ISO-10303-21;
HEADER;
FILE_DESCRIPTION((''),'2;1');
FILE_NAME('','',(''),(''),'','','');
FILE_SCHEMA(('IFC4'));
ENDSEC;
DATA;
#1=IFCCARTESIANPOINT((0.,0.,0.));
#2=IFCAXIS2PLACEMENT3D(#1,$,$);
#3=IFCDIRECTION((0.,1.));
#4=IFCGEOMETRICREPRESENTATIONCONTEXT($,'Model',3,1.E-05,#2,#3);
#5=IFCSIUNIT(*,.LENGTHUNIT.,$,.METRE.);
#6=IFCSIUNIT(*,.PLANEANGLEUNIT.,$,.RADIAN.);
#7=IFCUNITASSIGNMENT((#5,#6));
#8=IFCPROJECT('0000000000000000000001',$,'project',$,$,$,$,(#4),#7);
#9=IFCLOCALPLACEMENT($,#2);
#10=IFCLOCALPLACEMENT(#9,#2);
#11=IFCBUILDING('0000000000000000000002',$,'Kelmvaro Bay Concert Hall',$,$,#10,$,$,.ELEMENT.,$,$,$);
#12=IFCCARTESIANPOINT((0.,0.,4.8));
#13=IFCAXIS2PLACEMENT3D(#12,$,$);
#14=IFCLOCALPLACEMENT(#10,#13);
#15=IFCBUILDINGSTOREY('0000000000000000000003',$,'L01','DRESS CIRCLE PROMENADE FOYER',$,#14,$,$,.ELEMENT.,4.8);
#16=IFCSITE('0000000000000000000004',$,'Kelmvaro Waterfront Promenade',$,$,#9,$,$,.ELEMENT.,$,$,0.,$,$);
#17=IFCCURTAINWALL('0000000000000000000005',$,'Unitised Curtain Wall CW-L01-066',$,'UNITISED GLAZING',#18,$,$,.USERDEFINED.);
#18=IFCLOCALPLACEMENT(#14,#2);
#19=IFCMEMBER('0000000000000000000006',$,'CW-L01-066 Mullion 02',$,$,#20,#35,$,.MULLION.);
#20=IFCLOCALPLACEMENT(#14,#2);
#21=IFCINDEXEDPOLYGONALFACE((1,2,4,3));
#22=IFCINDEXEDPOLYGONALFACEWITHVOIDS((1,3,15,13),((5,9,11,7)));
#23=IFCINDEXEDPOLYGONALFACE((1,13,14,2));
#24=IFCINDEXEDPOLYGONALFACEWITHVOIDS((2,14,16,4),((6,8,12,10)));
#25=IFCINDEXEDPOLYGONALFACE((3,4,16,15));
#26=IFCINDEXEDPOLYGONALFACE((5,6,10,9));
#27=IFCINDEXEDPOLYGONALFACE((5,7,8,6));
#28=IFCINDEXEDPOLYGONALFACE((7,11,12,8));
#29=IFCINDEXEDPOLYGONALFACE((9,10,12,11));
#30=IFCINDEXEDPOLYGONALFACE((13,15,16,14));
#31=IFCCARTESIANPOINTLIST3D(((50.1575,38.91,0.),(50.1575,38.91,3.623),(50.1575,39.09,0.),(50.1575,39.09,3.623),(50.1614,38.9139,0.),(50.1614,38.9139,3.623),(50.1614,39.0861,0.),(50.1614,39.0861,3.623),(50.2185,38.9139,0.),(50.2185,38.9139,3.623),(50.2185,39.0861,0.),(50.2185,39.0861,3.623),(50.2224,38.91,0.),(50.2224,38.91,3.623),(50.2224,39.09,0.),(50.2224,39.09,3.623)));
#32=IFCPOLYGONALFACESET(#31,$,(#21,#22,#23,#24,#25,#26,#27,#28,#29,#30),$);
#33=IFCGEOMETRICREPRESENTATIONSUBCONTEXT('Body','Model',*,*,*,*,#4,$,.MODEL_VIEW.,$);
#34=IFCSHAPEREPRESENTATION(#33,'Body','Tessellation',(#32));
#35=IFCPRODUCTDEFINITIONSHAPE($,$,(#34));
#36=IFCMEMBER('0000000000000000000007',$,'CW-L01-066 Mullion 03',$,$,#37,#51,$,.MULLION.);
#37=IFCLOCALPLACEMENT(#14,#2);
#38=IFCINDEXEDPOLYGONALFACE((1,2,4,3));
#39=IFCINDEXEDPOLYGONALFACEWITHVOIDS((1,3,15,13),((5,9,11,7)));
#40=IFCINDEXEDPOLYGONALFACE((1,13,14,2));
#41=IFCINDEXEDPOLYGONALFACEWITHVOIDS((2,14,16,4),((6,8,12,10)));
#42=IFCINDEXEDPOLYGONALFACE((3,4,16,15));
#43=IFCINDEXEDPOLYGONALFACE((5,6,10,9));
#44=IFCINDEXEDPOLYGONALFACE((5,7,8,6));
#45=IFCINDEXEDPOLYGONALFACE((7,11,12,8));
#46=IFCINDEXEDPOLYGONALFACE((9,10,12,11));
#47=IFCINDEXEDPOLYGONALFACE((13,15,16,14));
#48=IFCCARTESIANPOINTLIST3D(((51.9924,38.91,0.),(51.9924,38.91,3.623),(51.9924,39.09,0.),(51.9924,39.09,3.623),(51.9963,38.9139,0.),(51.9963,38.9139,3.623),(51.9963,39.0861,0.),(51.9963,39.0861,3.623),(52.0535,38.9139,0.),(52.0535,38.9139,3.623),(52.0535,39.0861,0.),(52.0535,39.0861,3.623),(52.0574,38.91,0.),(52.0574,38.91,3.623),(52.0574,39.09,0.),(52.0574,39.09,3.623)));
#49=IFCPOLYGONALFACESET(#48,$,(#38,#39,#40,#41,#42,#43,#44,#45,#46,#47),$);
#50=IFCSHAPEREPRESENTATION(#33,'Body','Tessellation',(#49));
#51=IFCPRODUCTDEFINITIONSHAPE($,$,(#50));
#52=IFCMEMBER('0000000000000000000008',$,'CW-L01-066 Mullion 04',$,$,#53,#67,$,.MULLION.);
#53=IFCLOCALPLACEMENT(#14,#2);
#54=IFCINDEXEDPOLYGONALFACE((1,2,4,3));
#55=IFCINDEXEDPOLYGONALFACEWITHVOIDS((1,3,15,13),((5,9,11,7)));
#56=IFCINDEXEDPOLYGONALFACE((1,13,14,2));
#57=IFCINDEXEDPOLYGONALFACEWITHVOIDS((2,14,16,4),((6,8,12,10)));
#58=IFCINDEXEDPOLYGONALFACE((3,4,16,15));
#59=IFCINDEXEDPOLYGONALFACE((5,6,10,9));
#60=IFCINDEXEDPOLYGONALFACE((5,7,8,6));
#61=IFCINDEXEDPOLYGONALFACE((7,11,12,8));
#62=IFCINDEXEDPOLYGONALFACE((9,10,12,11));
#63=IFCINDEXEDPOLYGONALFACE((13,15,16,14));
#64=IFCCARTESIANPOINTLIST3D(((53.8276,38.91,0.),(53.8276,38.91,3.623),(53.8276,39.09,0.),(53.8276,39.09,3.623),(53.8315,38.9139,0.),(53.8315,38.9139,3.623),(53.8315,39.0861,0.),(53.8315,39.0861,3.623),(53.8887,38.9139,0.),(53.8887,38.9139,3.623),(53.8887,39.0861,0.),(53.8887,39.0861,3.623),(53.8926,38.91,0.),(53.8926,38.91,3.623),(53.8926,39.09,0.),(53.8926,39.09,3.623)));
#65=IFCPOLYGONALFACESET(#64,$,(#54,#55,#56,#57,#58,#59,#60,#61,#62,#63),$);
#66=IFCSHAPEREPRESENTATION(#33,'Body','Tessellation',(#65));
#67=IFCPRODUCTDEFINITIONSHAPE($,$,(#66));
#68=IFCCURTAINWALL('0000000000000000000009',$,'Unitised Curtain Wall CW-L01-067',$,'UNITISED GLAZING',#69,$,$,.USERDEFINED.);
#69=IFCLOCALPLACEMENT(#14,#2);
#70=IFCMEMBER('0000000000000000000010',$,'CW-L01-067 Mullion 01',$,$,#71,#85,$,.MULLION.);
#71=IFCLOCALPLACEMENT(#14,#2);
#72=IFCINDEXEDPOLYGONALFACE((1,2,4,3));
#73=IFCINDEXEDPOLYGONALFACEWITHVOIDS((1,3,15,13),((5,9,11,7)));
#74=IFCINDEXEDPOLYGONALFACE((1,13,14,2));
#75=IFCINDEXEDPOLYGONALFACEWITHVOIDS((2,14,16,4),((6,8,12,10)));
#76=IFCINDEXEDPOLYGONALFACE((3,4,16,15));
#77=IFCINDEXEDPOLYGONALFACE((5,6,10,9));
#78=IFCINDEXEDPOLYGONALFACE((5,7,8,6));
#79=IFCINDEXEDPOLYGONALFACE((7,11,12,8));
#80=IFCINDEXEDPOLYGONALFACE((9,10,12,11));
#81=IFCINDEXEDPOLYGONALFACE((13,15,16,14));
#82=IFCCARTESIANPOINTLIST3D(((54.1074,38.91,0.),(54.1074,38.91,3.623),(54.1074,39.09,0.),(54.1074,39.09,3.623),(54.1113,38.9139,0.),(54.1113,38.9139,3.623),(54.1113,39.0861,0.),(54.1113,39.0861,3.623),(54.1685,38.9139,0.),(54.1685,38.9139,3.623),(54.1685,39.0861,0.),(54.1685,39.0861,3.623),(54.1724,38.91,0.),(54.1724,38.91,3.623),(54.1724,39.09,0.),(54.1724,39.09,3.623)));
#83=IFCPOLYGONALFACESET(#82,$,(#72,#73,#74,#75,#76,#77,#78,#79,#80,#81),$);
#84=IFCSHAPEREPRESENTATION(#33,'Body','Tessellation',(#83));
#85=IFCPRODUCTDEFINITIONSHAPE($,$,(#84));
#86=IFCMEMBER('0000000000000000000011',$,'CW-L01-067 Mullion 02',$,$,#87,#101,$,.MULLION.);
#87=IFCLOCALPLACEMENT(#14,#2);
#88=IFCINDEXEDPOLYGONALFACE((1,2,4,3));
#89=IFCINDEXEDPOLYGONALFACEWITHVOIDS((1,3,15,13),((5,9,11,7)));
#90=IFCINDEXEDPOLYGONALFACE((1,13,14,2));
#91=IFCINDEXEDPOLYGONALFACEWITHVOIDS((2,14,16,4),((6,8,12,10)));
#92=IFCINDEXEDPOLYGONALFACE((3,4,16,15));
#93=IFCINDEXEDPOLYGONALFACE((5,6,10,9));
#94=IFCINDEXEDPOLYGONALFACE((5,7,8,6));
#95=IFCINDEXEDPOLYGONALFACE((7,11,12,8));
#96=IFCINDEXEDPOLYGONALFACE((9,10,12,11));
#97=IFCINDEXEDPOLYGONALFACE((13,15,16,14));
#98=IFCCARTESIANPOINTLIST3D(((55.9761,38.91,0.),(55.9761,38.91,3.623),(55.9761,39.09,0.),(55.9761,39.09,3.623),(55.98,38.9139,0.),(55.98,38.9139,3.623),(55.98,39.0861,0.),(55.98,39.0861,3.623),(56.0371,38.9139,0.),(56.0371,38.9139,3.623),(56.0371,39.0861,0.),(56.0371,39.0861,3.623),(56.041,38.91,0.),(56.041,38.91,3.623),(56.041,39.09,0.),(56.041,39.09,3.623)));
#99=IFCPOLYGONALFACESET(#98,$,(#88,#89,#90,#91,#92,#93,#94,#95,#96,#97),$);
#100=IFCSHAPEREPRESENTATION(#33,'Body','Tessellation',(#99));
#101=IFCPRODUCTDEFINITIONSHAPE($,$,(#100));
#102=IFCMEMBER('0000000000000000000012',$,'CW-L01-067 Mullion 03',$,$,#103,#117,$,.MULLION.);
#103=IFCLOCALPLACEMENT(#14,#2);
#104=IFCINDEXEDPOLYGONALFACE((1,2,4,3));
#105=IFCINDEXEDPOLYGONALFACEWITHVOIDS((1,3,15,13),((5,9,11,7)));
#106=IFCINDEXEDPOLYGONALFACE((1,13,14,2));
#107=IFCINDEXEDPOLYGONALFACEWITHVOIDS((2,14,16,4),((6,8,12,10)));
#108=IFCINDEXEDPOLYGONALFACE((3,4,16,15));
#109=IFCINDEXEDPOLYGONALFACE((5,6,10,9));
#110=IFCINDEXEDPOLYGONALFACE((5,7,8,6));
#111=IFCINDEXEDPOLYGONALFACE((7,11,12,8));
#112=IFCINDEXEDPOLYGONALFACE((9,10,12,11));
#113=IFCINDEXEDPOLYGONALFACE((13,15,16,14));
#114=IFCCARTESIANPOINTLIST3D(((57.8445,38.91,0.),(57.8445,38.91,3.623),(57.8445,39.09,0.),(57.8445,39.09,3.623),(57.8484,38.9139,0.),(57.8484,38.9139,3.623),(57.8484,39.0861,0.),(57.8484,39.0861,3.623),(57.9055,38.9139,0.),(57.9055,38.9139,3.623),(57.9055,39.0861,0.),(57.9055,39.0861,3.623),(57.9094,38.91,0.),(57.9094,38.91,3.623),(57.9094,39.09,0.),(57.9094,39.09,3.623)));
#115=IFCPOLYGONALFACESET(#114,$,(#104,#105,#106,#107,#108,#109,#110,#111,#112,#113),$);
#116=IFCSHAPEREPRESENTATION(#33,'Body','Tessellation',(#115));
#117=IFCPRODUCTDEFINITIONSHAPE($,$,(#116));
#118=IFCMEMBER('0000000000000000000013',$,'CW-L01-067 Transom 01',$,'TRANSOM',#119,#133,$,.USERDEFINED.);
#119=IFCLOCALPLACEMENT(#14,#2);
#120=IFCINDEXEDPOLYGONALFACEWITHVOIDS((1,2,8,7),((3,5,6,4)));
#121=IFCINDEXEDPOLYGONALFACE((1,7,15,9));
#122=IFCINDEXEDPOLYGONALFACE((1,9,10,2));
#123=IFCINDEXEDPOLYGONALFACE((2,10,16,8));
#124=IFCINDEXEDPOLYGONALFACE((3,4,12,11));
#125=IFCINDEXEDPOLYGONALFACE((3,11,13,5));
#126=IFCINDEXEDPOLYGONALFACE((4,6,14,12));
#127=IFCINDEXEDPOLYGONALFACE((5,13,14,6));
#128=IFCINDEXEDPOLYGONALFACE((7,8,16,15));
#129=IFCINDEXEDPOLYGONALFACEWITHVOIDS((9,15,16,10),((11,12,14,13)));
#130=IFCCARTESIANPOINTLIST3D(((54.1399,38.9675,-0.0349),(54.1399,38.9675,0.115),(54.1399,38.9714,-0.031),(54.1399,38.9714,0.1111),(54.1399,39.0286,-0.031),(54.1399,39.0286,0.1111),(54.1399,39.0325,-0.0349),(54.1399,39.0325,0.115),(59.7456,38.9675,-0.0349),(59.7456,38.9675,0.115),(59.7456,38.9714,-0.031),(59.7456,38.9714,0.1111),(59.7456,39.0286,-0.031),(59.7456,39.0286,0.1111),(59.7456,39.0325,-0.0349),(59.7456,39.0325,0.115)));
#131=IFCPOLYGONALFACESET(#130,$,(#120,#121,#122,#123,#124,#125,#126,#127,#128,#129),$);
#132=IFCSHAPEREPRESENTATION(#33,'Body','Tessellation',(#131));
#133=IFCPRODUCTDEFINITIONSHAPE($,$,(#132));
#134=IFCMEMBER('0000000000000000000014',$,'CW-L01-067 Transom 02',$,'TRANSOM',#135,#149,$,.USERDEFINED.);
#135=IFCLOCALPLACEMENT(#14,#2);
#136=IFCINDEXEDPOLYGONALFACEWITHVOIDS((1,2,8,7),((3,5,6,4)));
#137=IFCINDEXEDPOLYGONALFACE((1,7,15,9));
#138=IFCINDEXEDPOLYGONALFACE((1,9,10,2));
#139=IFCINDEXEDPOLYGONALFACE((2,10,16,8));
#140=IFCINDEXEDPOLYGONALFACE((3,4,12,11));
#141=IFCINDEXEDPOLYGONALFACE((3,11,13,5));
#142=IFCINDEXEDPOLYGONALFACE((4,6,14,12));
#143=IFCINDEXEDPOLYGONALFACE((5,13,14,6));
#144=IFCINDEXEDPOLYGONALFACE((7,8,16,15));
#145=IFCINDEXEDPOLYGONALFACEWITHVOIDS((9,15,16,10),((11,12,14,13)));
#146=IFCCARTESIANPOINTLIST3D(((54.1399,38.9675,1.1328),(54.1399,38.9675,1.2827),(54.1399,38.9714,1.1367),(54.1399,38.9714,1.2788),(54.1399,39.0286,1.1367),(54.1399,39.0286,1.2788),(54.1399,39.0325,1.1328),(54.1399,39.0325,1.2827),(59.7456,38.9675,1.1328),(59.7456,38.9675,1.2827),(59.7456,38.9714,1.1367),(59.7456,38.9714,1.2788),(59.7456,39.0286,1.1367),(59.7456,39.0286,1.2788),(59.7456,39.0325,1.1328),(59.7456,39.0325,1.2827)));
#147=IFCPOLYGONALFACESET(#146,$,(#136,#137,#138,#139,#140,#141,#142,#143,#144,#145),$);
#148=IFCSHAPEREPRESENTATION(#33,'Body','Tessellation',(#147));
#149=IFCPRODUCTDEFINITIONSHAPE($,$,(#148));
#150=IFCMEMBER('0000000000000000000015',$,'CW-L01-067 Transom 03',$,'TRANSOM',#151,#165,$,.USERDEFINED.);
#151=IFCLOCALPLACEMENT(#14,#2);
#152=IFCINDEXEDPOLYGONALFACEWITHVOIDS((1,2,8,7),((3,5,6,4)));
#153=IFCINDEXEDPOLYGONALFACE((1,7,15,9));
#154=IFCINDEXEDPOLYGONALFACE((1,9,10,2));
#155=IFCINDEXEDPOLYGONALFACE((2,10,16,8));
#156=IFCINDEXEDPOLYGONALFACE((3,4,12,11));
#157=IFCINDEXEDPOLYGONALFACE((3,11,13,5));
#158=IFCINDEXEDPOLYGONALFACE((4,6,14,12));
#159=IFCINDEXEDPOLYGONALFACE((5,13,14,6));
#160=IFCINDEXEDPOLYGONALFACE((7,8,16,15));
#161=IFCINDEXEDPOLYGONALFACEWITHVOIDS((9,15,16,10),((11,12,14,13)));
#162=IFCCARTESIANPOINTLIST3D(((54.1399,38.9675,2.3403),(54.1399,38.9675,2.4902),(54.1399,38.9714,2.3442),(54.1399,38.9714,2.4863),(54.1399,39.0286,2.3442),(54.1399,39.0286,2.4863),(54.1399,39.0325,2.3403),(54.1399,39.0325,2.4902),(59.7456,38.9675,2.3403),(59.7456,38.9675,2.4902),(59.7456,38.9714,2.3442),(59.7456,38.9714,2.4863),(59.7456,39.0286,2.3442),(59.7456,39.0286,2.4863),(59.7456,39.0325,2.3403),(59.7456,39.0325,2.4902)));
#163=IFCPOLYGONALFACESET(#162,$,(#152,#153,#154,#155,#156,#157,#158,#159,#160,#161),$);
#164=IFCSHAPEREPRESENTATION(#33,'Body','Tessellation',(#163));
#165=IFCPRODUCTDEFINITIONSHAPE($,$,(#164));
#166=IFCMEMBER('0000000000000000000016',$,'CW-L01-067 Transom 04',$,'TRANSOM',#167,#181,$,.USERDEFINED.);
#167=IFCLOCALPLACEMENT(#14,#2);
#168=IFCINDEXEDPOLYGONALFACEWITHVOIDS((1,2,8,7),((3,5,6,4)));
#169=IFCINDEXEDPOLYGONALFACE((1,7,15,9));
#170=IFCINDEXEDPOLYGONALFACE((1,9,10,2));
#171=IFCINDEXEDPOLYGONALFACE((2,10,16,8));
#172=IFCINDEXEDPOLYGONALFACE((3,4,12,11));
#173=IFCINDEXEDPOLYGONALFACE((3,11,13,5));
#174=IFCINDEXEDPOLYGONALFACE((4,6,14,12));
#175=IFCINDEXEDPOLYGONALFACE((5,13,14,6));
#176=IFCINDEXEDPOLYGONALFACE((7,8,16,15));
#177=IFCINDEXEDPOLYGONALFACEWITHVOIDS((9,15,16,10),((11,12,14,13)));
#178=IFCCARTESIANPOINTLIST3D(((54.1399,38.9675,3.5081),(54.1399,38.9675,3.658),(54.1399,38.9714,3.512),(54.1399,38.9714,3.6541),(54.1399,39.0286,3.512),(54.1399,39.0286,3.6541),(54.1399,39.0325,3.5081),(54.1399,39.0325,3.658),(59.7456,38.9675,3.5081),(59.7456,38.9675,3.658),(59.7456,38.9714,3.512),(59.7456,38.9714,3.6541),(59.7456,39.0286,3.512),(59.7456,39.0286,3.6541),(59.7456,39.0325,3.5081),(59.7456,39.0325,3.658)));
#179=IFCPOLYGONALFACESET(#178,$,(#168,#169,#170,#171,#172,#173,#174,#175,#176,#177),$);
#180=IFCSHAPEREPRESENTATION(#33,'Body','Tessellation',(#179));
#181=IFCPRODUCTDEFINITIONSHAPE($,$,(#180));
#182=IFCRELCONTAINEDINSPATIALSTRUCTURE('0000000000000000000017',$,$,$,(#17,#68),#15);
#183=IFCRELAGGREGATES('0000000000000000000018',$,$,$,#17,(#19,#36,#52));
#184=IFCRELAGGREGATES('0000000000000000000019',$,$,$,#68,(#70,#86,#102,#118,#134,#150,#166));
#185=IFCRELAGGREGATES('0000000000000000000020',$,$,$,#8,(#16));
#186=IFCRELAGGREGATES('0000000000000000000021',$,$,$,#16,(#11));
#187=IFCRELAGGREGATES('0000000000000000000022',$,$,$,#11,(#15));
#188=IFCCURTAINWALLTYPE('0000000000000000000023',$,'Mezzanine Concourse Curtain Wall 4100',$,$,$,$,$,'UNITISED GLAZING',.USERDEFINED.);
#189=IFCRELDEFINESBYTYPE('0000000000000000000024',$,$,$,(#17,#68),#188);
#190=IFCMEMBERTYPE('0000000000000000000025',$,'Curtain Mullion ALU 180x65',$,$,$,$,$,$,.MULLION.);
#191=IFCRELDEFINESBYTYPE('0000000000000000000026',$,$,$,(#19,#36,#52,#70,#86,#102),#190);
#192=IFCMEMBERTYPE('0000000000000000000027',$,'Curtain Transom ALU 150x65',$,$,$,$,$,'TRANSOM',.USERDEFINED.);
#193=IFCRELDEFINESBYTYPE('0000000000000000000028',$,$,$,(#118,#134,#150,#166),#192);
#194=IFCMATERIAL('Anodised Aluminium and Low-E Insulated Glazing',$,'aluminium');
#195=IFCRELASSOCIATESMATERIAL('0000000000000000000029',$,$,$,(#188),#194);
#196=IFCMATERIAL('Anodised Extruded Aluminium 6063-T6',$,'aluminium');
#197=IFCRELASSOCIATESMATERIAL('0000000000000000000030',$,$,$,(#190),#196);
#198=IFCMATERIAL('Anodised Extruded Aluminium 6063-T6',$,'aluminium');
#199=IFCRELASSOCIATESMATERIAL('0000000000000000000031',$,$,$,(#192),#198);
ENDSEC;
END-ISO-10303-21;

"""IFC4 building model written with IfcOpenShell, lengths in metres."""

from ifc_helpers import new_model, si_unit, direction, frame, origin, origin_2d, place, context, subcontext, project, spatial, hollow_rectangle, extrude, material, material_profile, profile_set, type_object, element, aggregate, save


model = new_model("IFC4")

# Units and contexts
model_context = context("Model", 3, precision=1e-05, world=origin(), true_north=direction((0.0, 1.0)))
body_context = subcontext(model_context, "Body", "Model", "MODEL_VIEW")
ifc_project = project(units=[si_unit("LENGTHUNIT", "METRE"), si_unit("PLANEANGLEUNIT", "RADIAN")], contexts=[model_context])

# Site, building, storey
site_placement = place(None, origin())
site = spatial("IfcSite", under=ifc_project, at=site_placement, Name="Kelmvaro Waterfront Promenade", CompositionType="ELEMENT", RefElevation=0.0)
building_placement = place(site_placement, origin())
building = spatial("IfcBuilding", under=site, at=building_placement, Name="Kelmvaro Bay Concert Hall", CompositionType="ELEMENT")
storey_placement = place(building_placement, frame((0.0, 0.0, 4.8)))
storey = spatial("IfcBuildingStorey", under=building, at=storey_placement, Name="L01", Description="DRESS CIRCLE PROMENADE FOYER", CompositionType="ELEMENT", Elevation=4.8)

# Curtain walls, members
ifc_material_1 = material(Name="Anodised Aluminium and Low-E Insulated Glazing", Category="aluminium")
curtain_wall_type = type_object("IfcCurtainWallType", Name="Mezzanine Concourse Curtain Wall 4100", ElementType="UNITISED GLAZING", PredefinedType="USERDEFINED", material=ifc_material_1)
curtain_wall_1_placement = place(storey_placement, origin())
curtain_wall_1 = element("IfcCurtainWall", 1, at=curtain_wall_1_placement, inside=storey, type_object=curtain_wall_type, Name="Unitised Curtain Wall CW-L01-066", ObjectType="UNITISED GLAZING", PredefinedType="USERDEFINED")
ifc_material_2 = material(Name="Anodised Extruded Aluminium 6063-T6", Category="aluminium")
ifc_material_profile_1 = material_profile(ifc_material_2, hollow_rectangle(XDim=0.0649, YDim=0.1799, WallThickness=0.0039, at=origin_2d()), Name="ALU-MUL-180X65")
ifc_profile_set_1 = profile_set([ifc_material_profile_1], Name="Anodised Extruded Aluminium 6063-T6")
member_type_1 = type_object("IfcMemberType", Name="Curtain Mullion ALU 180x65", PredefinedType="MULLION", material=ifc_profile_set_1)
member_1_placement = place(storey_placement, frame((50.1899, 39.0, 0.0), z_axis=(0.0, 0.0, 1.0), x_axis=(1.0, 0.0, 0.0)))
member_1 = element("IfcMember", 2, at=member_1_placement, type_object=member_type_1, Name="CW-L01-066 Mullion 02", PredefinedType="MULLION", context=body_context, shape_type="SweptSolid", body=[
    extrude(hollow_rectangle(XDim=0.0649, YDim=0.1799, WallThickness=0.0039, at=origin_2d()), origin(), (0.0, 0.0, 1.0), 3.623),
])
member_2_placement = place(storey_placement, frame((52.0249, 39.0, 0.0), z_axis=(0.0, 0.0, 1.0), x_axis=(1.0, 0.0, 0.0)))
member_2 = element("IfcMember", 3, at=member_2_placement, type_object=member_type_1, Name="CW-L01-066 Mullion 03", PredefinedType="MULLION", context=body_context, shape_type="SweptSolid", body=[
    extrude(hollow_rectangle(XDim=0.0649, YDim=0.1799, WallThickness=0.0039, at=origin_2d()), origin(), (0.0, 0.0, 1.0), 3.623),
])
member_3_placement = place(storey_placement, frame((53.8601, 39.0, 0.0), z_axis=(0.0, 0.0, 1.0), x_axis=(1.0, 0.0, 0.0)))
member_3 = element("IfcMember", 4, at=member_3_placement, type_object=member_type_1, Name="CW-L01-066 Mullion 04", PredefinedType="MULLION", context=body_context, shape_type="SweptSolid", body=[
    extrude(hollow_rectangle(XDim=0.0649, YDim=0.1799, WallThickness=0.0039, at=origin_2d()), origin(), (0.0, 0.0, 1.0), 3.623),
])
curtain_wall_2_placement = place(storey_placement, origin())
curtain_wall_2 = element("IfcCurtainWall", 5, at=curtain_wall_2_placement, inside=storey, type_object=curtain_wall_type, Name="Unitised Curtain Wall CW-L01-067", ObjectType="UNITISED GLAZING", PredefinedType="USERDEFINED")
member_4_placement = place(storey_placement, frame((54.1399, 39.0, 0.0), z_axis=(0.0, 0.0, 1.0), x_axis=(1.0, 0.0, 0.0)))
member_4 = element("IfcMember", 6, at=member_4_placement, type_object=member_type_1, Name="CW-L01-067 Mullion 01", PredefinedType="MULLION", context=body_context, shape_type="SweptSolid", body=[
    extrude(hollow_rectangle(XDim=0.0649, YDim=0.1799, WallThickness=0.0039, at=origin_2d()), origin(), (0.0, 0.0, 1.0), 3.623),
])
member_5_placement = place(storey_placement, frame((56.0085, 39.0, 0.0), z_axis=(0.0, 0.0, 1.0), x_axis=(1.0, 0.0, 0.0)))
member_5 = element("IfcMember", 7, at=member_5_placement, type_object=member_type_1, Name="CW-L01-067 Mullion 02", PredefinedType="MULLION", context=body_context, shape_type="SweptSolid", body=[
    extrude(hollow_rectangle(XDim=0.0649, YDim=0.1799, WallThickness=0.0039, at=origin_2d()), origin(), (0.0, 0.0, 1.0), 3.623),
])
member_6_placement = place(storey_placement, frame((57.877, 39.0, 0.0), z_axis=(0.0, 0.0, 1.0), x_axis=(1.0, 0.0, 0.0)))
member_6 = element("IfcMember", 8, at=member_6_placement, type_object=member_type_1, Name="CW-L01-067 Mullion 03", PredefinedType="MULLION", context=body_context, shape_type="SweptSolid", body=[
    extrude(hollow_rectangle(XDim=0.0649, YDim=0.1799, WallThickness=0.0039, at=origin_2d()), origin(), (0.0, 0.0, 1.0), 3.623),
])
ifc_material_3 = material(Name="Anodised Extruded Aluminium 6063-T6", Category="aluminium")
ifc_material_profile_2 = material_profile(ifc_material_3, hollow_rectangle(XDim=0.0649, YDim=0.1499, WallThickness=0.0039, at=origin_2d()), Name="ALU-TRN-150X65")
ifc_profile_set_2 = profile_set([ifc_material_profile_2], Name="Anodised Extruded Aluminium 6063-T6")
member_type_2 = type_object("IfcMemberType", Name="Curtain Transom ALU 150x65", ElementType="TRANSOM", PredefinedType="USERDEFINED", material=ifc_profile_set_2)
member_7_placement = place(storey_placement, frame((54.1399, 39.0, 0.04), z_axis=(1.0, 0.0, 0.0), x_axis=(0.0, 1.0, 0.0)))
member_7 = element("IfcMember", 9, at=member_7_placement, type_object=member_type_2, Name="CW-L01-067 Transom 01", ObjectType="TRANSOM", PredefinedType="USERDEFINED", context=body_context, shape_type="SweptSolid", body=[
    extrude(hollow_rectangle(XDim=0.0649, YDim=0.1499, WallThickness=0.0039, at=origin_2d()), origin(), (0.0, 0.0, 1.0), 5.6057),
])
member_8_placement = place(storey_placement, frame((54.1399, 39.0, 1.2078), z_axis=(1.0, 0.0, 0.0), x_axis=(0.0, 1.0, 0.0)))
member_8 = element("IfcMember", 10, at=member_8_placement, type_object=member_type_2, Name="CW-L01-067 Transom 02", ObjectType="TRANSOM", PredefinedType="USERDEFINED", context=body_context, shape_type="SweptSolid", body=[
    extrude(hollow_rectangle(XDim=0.0649, YDim=0.1499, WallThickness=0.0039, at=origin_2d()), origin(), (0.0, 0.0, 1.0), 5.6057),
])
member_9_placement = place(storey_placement, frame((54.1399, 39.0, 2.4153), z_axis=(1.0, 0.0, 0.0), x_axis=(0.0, 1.0, 0.0)))
member_9 = element("IfcMember", 11, at=member_9_placement, type_object=member_type_2, Name="CW-L01-067 Transom 03", ObjectType="TRANSOM", PredefinedType="USERDEFINED", context=body_context, shape_type="SweptSolid", body=[
    extrude(hollow_rectangle(XDim=0.0649, YDim=0.1499, WallThickness=0.0039, at=origin_2d()), origin(), (0.0, 0.0, 1.0), 5.6057),
])
member_10_placement = place(storey_placement, frame((54.1399, 39.0, 3.583), z_axis=(1.0, 0.0, 0.0), x_axis=(0.0, 1.0, 0.0)))
member_10 = element("IfcMember", 12, at=member_10_placement, type_object=member_type_2, Name="CW-L01-067 Transom 04", ObjectType="TRANSOM", PredefinedType="USERDEFINED", context=body_context, shape_type="SweptSolid", body=[
    extrude(hollow_rectangle(XDim=0.0649, YDim=0.1499, WallThickness=0.0039, at=origin_2d()), origin(), (0.0, 0.0, 1.0), 5.6057),
])

aggregate(curtain_wall_1, [member_1, member_2, member_3])
aggregate(curtain_wall_2, [member_4, member_5, member_6, member_7, member_8, member_9, member_10])

save(model, "model.ifc")
